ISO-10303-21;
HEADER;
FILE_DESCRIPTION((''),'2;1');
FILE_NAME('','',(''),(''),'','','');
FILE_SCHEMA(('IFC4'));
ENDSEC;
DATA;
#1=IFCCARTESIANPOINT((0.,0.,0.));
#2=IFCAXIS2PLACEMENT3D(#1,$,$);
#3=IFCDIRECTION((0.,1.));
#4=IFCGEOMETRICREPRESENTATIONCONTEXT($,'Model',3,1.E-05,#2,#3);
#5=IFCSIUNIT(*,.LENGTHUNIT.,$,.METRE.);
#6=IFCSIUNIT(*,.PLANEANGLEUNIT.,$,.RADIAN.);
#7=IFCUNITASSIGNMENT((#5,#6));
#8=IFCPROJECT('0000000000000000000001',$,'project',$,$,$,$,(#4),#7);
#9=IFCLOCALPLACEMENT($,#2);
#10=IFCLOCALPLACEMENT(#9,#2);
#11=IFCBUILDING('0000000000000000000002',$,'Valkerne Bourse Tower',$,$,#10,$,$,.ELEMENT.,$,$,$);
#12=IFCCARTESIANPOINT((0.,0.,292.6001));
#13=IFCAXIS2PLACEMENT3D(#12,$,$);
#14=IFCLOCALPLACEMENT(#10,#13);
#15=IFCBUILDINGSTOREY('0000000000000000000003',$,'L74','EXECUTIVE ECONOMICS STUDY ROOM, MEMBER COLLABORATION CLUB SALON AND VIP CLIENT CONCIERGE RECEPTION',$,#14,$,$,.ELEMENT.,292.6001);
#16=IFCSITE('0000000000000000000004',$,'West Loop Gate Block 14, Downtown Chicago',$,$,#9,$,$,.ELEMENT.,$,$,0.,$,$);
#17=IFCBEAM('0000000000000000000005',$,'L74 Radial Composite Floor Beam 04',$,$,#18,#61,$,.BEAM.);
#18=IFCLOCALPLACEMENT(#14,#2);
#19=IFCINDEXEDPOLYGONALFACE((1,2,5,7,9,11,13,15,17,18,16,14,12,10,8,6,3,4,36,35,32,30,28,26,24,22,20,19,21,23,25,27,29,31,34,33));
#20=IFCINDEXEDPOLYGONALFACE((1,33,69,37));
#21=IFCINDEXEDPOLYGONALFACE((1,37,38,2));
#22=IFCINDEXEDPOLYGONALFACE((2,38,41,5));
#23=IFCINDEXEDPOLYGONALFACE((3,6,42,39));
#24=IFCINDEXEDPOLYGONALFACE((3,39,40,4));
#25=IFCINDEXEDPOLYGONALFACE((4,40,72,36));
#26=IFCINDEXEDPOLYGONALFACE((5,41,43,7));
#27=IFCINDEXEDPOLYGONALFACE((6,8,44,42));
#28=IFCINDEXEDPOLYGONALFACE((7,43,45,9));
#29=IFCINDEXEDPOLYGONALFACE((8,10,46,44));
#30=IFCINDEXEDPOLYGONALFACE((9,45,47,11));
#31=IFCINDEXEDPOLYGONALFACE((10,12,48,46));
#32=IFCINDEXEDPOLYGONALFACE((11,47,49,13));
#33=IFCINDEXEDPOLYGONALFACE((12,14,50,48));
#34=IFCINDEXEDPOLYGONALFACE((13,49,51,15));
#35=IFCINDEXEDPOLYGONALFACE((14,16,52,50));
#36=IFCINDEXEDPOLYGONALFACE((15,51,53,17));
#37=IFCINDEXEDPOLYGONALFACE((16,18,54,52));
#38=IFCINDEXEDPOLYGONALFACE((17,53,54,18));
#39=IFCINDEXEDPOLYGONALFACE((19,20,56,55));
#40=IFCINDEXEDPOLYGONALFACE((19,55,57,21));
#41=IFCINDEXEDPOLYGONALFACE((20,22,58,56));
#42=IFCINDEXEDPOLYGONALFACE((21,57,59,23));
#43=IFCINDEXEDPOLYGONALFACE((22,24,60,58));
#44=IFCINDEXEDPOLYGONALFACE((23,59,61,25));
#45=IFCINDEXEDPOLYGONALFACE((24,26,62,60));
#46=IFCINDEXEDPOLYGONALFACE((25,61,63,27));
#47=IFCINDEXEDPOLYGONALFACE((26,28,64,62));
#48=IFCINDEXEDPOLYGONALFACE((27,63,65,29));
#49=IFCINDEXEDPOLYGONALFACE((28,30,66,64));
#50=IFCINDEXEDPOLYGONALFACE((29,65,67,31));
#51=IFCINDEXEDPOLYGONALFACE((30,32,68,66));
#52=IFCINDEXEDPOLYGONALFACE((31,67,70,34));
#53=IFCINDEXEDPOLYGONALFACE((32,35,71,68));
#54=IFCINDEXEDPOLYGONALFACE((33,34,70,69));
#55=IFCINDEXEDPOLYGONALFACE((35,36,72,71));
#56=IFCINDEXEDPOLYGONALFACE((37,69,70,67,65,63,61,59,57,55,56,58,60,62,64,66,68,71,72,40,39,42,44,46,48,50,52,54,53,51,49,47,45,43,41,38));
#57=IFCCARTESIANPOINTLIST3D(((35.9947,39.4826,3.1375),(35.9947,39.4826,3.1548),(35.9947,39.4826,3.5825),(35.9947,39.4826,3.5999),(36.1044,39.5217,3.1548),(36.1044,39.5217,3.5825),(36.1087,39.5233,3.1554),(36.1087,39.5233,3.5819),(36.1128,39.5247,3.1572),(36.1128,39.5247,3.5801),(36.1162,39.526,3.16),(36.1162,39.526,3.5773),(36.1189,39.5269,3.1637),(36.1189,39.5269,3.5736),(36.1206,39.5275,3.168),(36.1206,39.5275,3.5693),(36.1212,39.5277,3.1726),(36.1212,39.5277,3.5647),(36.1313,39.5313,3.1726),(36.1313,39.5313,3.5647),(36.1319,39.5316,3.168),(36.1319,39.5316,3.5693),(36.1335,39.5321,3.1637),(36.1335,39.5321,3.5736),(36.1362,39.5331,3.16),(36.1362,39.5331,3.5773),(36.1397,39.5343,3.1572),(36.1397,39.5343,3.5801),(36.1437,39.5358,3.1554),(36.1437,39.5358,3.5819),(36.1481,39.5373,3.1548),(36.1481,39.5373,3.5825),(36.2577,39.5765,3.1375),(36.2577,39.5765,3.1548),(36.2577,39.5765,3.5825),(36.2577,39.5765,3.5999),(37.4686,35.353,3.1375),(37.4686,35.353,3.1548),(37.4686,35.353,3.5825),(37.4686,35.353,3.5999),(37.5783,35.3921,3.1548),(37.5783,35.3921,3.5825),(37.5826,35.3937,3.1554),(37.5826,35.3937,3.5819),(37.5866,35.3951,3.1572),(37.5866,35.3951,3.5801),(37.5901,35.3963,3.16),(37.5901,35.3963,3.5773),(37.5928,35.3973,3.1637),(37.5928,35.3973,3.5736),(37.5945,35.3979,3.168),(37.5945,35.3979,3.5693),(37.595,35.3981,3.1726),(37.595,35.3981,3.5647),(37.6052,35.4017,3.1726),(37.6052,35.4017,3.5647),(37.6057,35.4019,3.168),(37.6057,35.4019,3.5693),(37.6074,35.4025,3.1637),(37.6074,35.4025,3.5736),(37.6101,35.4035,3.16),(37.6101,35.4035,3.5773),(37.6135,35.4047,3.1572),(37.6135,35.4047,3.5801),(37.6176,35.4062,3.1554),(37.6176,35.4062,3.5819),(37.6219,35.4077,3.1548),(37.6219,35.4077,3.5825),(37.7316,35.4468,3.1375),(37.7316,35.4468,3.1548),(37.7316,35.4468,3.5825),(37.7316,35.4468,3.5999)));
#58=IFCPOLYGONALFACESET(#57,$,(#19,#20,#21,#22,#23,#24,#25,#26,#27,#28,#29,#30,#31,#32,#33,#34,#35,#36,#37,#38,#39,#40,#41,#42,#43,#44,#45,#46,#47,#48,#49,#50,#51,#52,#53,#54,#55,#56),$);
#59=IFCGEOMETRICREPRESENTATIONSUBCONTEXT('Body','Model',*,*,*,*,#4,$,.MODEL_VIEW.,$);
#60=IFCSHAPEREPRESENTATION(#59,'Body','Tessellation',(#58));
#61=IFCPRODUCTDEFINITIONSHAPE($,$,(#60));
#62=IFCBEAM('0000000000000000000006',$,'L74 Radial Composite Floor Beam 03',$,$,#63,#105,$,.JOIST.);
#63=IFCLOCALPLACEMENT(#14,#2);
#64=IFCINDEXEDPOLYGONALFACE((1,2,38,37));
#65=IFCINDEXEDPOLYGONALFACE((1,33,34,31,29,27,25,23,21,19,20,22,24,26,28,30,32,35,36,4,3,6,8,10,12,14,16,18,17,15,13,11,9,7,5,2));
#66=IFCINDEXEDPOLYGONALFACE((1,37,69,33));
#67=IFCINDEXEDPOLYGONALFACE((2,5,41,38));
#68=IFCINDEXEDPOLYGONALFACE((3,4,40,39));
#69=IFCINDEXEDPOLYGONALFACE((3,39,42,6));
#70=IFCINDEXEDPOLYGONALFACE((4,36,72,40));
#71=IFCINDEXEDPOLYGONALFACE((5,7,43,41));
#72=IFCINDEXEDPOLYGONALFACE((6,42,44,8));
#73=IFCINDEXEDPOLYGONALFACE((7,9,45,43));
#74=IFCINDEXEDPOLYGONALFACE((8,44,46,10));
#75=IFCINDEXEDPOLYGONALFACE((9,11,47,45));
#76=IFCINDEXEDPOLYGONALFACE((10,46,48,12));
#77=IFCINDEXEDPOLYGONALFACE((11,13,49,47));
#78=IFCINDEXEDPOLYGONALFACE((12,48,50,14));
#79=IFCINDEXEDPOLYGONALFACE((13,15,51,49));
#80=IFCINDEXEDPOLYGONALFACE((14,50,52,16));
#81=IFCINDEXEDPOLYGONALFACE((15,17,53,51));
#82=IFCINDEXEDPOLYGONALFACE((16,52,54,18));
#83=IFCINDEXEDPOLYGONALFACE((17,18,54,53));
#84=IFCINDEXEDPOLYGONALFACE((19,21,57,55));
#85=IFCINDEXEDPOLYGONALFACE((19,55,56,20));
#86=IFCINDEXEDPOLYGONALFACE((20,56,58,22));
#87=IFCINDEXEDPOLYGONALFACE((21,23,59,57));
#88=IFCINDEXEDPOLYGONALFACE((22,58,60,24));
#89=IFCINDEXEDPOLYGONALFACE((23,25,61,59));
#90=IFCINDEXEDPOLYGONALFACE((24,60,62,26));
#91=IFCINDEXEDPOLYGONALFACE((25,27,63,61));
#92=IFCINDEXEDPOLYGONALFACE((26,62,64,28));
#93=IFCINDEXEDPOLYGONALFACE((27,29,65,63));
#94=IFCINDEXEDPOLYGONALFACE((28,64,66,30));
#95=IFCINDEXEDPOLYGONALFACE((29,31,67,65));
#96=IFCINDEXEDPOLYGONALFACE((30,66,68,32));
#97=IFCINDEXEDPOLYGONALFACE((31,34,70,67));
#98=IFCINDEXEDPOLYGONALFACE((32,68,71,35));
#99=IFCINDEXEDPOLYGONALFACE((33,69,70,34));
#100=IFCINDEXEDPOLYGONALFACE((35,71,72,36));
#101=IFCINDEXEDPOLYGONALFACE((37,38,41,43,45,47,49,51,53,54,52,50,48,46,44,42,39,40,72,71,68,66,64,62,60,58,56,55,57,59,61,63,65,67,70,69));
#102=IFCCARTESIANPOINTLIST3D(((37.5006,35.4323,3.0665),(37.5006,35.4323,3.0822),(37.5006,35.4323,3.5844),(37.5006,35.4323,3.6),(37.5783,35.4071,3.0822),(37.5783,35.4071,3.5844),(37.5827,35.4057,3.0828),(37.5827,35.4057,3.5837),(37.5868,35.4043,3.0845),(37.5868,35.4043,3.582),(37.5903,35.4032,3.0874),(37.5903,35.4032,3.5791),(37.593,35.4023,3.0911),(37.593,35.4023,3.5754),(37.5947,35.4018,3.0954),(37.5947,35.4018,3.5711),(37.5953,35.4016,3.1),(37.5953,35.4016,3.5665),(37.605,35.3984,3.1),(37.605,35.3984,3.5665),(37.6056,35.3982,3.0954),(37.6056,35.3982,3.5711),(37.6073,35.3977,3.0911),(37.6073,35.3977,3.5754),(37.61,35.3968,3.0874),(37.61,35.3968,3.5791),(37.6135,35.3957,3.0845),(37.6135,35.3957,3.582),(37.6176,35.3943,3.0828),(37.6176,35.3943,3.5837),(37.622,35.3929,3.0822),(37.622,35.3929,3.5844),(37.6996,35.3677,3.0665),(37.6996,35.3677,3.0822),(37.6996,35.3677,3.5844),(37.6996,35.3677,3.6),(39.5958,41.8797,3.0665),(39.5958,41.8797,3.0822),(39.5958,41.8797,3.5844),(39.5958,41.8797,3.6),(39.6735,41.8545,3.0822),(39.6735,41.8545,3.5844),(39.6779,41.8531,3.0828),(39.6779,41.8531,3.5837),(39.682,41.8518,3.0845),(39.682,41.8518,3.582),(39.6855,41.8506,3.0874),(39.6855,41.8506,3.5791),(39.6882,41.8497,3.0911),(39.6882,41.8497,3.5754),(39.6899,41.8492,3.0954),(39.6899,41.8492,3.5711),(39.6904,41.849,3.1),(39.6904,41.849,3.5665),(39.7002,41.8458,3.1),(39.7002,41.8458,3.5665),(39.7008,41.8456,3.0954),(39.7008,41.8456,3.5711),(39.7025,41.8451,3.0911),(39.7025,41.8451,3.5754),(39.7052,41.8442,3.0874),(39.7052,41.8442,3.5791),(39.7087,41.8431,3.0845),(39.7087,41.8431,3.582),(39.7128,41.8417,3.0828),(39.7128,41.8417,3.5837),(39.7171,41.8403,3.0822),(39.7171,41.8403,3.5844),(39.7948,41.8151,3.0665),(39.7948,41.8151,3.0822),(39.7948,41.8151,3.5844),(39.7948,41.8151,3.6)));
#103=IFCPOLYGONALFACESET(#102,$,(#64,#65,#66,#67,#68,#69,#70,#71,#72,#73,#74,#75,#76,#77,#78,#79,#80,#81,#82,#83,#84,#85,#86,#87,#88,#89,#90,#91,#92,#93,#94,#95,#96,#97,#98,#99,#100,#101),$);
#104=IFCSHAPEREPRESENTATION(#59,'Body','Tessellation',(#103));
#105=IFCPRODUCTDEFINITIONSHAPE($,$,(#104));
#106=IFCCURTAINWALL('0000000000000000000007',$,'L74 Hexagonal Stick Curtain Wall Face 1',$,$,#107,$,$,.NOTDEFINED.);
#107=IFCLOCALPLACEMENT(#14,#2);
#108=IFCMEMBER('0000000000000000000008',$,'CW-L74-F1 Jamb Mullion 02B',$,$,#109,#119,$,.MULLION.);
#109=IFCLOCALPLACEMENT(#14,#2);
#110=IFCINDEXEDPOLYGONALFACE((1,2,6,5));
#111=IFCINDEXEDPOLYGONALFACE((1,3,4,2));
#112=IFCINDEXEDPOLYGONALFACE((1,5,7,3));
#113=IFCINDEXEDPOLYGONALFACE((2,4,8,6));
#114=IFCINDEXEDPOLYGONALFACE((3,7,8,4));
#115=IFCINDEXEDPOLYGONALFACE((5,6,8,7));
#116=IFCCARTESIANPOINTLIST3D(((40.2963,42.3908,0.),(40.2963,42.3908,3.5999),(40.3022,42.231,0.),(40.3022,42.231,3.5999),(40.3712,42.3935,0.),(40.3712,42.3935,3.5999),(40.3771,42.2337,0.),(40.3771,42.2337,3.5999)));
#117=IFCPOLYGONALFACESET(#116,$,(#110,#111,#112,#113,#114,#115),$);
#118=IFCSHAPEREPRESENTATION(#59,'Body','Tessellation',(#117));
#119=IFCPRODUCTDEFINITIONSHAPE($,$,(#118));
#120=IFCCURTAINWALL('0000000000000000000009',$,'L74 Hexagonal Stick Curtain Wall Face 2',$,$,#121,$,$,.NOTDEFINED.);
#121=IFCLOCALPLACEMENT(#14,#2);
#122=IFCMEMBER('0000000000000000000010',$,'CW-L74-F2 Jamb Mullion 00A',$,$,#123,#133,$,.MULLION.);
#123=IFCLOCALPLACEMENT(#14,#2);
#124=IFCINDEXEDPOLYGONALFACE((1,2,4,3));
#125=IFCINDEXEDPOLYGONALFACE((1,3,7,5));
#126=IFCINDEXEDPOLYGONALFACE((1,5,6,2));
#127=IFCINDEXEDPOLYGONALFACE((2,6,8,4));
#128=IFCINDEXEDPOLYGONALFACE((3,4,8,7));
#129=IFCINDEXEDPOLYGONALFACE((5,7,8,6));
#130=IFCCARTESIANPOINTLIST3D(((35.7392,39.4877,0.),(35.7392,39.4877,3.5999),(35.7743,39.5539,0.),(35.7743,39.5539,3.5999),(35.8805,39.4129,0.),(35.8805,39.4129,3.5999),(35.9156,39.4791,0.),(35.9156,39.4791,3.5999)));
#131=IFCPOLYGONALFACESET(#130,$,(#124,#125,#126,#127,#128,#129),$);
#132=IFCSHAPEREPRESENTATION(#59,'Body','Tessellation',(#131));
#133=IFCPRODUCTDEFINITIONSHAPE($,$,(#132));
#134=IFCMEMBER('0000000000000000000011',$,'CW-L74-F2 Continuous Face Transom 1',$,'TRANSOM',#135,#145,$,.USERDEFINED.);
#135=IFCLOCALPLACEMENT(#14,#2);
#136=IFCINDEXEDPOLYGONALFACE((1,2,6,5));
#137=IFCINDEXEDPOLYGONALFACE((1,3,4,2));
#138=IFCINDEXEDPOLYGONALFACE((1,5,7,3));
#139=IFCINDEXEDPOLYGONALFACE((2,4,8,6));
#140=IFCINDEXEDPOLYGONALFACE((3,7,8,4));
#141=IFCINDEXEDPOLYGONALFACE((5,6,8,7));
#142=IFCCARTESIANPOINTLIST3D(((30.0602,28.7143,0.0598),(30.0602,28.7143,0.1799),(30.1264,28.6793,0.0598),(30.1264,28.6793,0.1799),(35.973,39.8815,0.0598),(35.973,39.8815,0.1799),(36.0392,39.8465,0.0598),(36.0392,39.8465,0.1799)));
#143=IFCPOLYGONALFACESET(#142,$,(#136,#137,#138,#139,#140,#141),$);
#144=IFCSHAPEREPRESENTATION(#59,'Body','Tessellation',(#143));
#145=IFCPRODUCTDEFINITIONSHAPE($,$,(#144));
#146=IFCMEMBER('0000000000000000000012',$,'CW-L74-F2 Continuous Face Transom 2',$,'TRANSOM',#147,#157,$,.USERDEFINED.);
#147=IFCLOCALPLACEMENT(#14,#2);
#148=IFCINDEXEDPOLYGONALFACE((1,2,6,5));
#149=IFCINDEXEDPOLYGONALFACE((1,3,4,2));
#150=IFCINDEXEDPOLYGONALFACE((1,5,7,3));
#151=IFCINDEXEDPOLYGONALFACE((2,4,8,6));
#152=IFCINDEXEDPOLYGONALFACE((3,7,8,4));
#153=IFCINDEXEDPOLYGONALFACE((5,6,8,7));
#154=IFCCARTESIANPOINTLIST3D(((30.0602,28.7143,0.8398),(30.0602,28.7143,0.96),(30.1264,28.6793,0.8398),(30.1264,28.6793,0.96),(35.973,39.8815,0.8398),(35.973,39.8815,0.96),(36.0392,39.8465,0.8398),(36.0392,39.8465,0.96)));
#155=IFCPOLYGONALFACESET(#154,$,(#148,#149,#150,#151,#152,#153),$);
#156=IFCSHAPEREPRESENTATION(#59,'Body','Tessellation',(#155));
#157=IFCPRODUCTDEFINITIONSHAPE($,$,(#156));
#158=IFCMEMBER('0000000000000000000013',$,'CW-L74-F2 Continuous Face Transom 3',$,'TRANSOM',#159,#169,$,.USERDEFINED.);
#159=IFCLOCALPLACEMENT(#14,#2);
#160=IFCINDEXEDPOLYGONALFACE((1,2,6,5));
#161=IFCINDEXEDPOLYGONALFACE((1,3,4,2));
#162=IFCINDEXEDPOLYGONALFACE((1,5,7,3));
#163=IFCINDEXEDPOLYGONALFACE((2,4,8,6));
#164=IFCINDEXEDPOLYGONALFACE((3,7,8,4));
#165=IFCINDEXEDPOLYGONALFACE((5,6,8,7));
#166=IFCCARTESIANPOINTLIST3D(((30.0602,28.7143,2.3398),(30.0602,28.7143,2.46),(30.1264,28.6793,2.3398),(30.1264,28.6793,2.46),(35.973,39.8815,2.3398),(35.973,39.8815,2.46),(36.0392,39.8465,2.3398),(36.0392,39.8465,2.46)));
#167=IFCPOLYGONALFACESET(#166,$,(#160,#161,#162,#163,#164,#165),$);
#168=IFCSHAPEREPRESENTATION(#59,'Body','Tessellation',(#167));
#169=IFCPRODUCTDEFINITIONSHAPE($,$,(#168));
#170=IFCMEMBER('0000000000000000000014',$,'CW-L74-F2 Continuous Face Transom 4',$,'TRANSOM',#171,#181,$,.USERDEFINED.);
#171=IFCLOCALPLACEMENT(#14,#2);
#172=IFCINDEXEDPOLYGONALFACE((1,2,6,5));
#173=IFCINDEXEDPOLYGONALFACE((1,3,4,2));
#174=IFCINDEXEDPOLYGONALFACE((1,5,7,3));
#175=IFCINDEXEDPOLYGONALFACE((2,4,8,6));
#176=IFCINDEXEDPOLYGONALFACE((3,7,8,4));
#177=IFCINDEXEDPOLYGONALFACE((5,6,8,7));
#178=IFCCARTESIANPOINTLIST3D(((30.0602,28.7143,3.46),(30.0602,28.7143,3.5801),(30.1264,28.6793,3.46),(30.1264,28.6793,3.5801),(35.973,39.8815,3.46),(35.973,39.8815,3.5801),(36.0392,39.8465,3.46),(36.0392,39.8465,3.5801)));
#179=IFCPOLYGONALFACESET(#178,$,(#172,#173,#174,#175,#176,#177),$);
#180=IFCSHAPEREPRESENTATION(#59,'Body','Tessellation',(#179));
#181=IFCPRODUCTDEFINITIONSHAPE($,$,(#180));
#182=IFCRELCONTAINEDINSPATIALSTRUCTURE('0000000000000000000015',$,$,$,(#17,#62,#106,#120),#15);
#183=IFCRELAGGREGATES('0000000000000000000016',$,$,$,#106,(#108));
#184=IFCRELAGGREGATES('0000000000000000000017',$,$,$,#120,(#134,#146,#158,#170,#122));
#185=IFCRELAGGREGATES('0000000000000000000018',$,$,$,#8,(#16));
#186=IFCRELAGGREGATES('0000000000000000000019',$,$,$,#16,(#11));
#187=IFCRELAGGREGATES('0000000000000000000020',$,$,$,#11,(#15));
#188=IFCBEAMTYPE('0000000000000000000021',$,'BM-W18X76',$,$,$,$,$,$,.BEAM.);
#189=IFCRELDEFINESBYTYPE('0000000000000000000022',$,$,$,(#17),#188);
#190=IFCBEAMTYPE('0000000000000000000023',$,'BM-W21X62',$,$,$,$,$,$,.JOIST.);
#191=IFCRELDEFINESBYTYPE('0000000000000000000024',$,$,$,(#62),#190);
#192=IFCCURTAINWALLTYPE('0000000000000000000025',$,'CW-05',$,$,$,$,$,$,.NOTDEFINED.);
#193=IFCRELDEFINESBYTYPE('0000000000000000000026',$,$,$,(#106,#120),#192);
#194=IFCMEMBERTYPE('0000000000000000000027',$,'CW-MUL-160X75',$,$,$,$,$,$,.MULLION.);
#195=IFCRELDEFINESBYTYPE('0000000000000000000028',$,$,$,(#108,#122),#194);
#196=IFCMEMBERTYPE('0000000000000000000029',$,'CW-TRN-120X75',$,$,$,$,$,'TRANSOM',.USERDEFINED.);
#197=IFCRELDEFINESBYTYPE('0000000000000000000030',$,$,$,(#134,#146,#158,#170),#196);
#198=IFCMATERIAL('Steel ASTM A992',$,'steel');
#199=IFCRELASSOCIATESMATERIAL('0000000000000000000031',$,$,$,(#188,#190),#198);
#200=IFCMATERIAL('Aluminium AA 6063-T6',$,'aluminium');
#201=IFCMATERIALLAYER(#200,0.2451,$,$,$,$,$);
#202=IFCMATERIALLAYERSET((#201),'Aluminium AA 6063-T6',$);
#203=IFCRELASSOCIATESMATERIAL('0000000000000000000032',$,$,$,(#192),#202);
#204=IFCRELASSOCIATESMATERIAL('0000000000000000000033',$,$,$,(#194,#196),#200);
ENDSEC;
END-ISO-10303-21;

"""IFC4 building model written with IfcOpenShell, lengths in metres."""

from ifc_helpers import new_model, si_unit, direction, frame, origin, origin_2d, place, context, subcontext, project, spatial, rectangle, i_section, extrude, material, layer, layer_set, material_profile, profile_set, type_object, element, aggregate, save


model = new_model("IFC4")

# Units and contexts
model_context = context("Model", 3, precision=1e-05, world=origin(), true_north=direction((0.0, 1.0)))
body_context = subcontext(model_context, "Body", "Model", "MODEL_VIEW")
ifc_project = project(units=[si_unit("LENGTHUNIT", "METRE"), si_unit("PLANEANGLEUNIT", "RADIAN")], contexts=[model_context])

# Site, building, storey
site_placement = place(None, origin())
site = spatial("IfcSite", under=ifc_project, at=site_placement, Name="West Loop Gate Block 14, Downtown Chicago", CompositionType="ELEMENT", RefElevation=0.0)
building_placement = place(site_placement, origin())
building = spatial("IfcBuilding", under=site, at=building_placement, Name="Valkerne Bourse Tower", CompositionType="ELEMENT")
storey_placement = place(building_placement, frame((0.0, 0.0, 292.6001)))
storey = spatial("IfcBuildingStorey", under=building, at=storey_placement, Name="L74", Description="EXECUTIVE ECONOMICS STUDY ROOM, MEMBER COLLABORATION CLUB SALON AND VIP CLIENT CONCIERGE RECEPTION", CompositionType="ELEMENT", Elevation=292.6001)

# Beams
ifc_material_1 = material(Name="Steel ASTM A992", Category="steel")
ifc_material_profile_1 = material_profile(ifc_material_1, i_section(OverallWidth=0.2793, OverallDepth=0.4624, WebThickness=0.0107, FlangeThickness=0.0173, FilletRadius=0.0178, at=origin_2d()), Name="W18X76")
ifc_profile_set_1 = profile_set([ifc_material_profile_1], Name="Steel ASTM A992")
beam_type_1 = type_object("IfcBeamType", Name="BM-W18X76", PredefinedType="BEAM", material=ifc_profile_set_1)
beam_1_placement = place(storey_placement, frame((36.1262, 39.5295, 3.3687), z_axis=(0.336135, -0.941814, 0.0), x_axis=(0.941814, 0.336135, 0.0)))
element("IfcBeam", 1, at=beam_1_placement, inside=storey, type_object=beam_type_1, Name="L74 Radial Composite Floor Beam 04", PredefinedType="BEAM", context=body_context, shape_type="SweptSolid", body=[
    extrude(i_section(OverallWidth=0.2793, OverallDepth=0.4624, WebThickness=0.0107, FlangeThickness=0.0173, FilletRadius=0.0178, at=origin_2d()), origin(), (0.0, 0.0, 1.0), 4.3848),
])
ifc_material_profile_2 = material_profile(ifc_material_1, i_section(OverallWidth=0.2092, OverallDepth=0.5334, WebThickness=0.0103, FlangeThickness=0.0156, FilletRadius=0.0178, at=origin_2d()), Name="W21X62")
ifc_profile_set_2 = profile_set([ifc_material_profile_2], Name="Steel ASTM A992")
beam_type_2 = type_object("IfcBeamType", Name="BM-W21X62", PredefinedType="JOIST", material=ifc_profile_set_2)
beam_2_placement = place(storey_placement, frame((39.6953, 41.8474, 3.3333), z_axis=(-0.309056, -0.951044, 0.0), x_axis=(0.951044, -0.309056, 0.0)))
element("IfcBeam", 2, at=beam_2_placement, inside=storey, type_object=beam_type_2, Name="L74 Radial Composite Floor Beam 03", PredefinedType="JOIST", context=body_context, shape_type="SweptSolid", body=[
    extrude(i_section(OverallWidth=0.2092, OverallDepth=0.5334, WebThickness=0.0103, FlangeThickness=0.0156, FilletRadius=0.0178, at=origin_2d()), origin(), (0.0, 0.0, 1.0), 6.7793),
])

# Curtain wall, member
ifc_material_2 = material(Name="Aluminium AA 6063-T6", Category="aluminium")
ifc_layer_1 = layer(ifc_material_2, 0.2451)
ifc_layer_set_1 = layer_set([ifc_layer_1], Name="Aluminium AA 6063-T6")
curtain_wall_type = type_object("IfcCurtainWallType", Name="CW-05", PredefinedType="NOTDEFINED", material=ifc_layer_set_1)
curtain_wall_1_placement = place(storey_placement, origin())
curtain_wall_1 = element("IfcCurtainWall", 3, at=curtain_wall_1_placement, inside=storey, type_object=curtain_wall_type, Name="L74 Hexagonal Stick Curtain Wall Face 1", PredefinedType="NOTDEFINED")
ifc_material_profile_3 = material_profile(ifc_material_2, rectangle(XDim=0.075, YDim=0.1599, at=origin_2d()), Name="CWM-75X160")
ifc_profile_set_3 = profile_set([ifc_material_profile_3], Name="Aluminium AA 6063-T6")
member_type_1 = type_object("IfcMemberType", Name="CW-MUL-160X75", PredefinedType="MULLION", material=ifc_profile_set_3)
member_1_placement = place(storey_placement, frame((40.3367, 42.3123, 0.0), z_axis=(0.0, 0.0, 1.0), x_axis=(-0.999328, -0.036657, 0.0)))
member_1 = element("IfcMember", 4, at=member_1_placement, type_object=member_type_1, Name="CW-L74-F1 Jamb Mullion 02B", PredefinedType="MULLION", context=body_context, shape_type="SweptSolid", body=[
    extrude(rectangle(XDim=0.075, YDim=0.1599, at=origin_2d()), origin(), (0.0, 0.0, 1.0), 3.5999),
])
aggregate(curtain_wall_1, [member_1])

# Curtain wall, members
curtain_wall_2_placement = place(storey_placement, origin())
curtain_wall_2 = element("IfcCurtainWall", 5, at=curtain_wall_2_placement, inside=storey, type_object=curtain_wall_type, Name="L74 Hexagonal Stick Curtain Wall Face 2", PredefinedType="NOTDEFINED")
member_2_placement = place(storey_placement, frame((35.8274, 39.4834, 0.0), z_axis=(0.0, 0.0, 1.0), x_axis=(-0.467947, -0.883757, 0.0)))
member_2 = element("IfcMember", 6, at=member_2_placement, type_object=member_type_1, Name="CW-L74-F2 Jamb Mullion 00A", PredefinedType="MULLION", context=body_context, shape_type="SweptSolid", body=[
    extrude(rectangle(XDim=0.075, YDim=0.1599, at=origin_2d()), origin(), (0.0, 0.0, 1.0), 3.5999),
])
ifc_material_profile_4 = material_profile(ifc_material_2, rectangle(XDim=0.075, YDim=0.1201, at=origin_2d()), Name="CWT-75X120")
ifc_profile_set_4 = profile_set([ifc_material_profile_4], Name="Aluminium AA 6063-T6")
member_type_2 = type_object("IfcMemberType", Name="CW-TRN-120X75", ElementType="TRANSOM", PredefinedType="USERDEFINED", material=ifc_profile_set_4)
member_3_placement = place(storey_placement, frame((36.0061, 39.864, 0.1199), z_axis=(-0.467936, -0.883763, 0.0), x_axis=(0.883763, -0.467936, 0.0)))
member_3 = element("IfcMember", 7, at=member_3_placement, type_object=member_type_2, Name="CW-L74-F2 Continuous Face Transom 1", ObjectType="TRANSOM", PredefinedType="USERDEFINED", context=body_context, shape_type="SweptSolid", body=[
    extrude(rectangle(XDim=0.075, YDim=0.1201, at=origin_2d()), origin(), (0.0, 0.0, 1.0), 12.636),
])
member_4_placement = place(storey_placement, frame((36.0061, 39.864, 0.8999), z_axis=(-0.467936, -0.883763, 0.0), x_axis=(0.883763, -0.467936, 0.0)))
member_4 = element("IfcMember", 8, at=member_4_placement, type_object=member_type_2, Name="CW-L74-F2 Continuous Face Transom 2", ObjectType="TRANSOM", PredefinedType="USERDEFINED", context=body_context, shape_type="SweptSolid", body=[
    extrude(rectangle(XDim=0.075, YDim=0.1201, at=origin_2d()), origin(), (0.0, 0.0, 1.0), 12.636),
])
member_5_placement = place(storey_placement, frame((36.0061, 39.864, 2.3999), z_axis=(-0.467936, -0.883763, 0.0), x_axis=(0.883763, -0.467936, 0.0)))
member_5 = element("IfcMember", 9, at=member_5_placement, type_object=member_type_2, Name="CW-L74-F2 Continuous Face Transom 3", ObjectType="TRANSOM", PredefinedType="USERDEFINED", context=body_context, shape_type="SweptSolid", body=[
    extrude(rectangle(XDim=0.075, YDim=0.1201, at=origin_2d()), origin(), (0.0, 0.0, 1.0), 12.636),
])
member_6_placement = place(storey_placement, frame((36.0061, 39.864, 3.52), z_axis=(-0.467936, -0.883763, 0.0), x_axis=(0.883763, -0.467936, 0.0)))
member_6 = element("IfcMember", 10, at=member_6_placement, type_object=member_type_2, Name="CW-L74-F2 Continuous Face Transom 4", ObjectType="TRANSOM", PredefinedType="USERDEFINED", context=body_context, shape_type="SweptSolid", body=[
    extrude(rectangle(XDim=0.075, YDim=0.1201, at=origin_2d()), origin(), (0.0, 0.0, 1.0), 12.636),
])

aggregate(curtain_wall_2, [member_3, member_4, member_5, member_6, member_2])

save(model, "model.ifc")
